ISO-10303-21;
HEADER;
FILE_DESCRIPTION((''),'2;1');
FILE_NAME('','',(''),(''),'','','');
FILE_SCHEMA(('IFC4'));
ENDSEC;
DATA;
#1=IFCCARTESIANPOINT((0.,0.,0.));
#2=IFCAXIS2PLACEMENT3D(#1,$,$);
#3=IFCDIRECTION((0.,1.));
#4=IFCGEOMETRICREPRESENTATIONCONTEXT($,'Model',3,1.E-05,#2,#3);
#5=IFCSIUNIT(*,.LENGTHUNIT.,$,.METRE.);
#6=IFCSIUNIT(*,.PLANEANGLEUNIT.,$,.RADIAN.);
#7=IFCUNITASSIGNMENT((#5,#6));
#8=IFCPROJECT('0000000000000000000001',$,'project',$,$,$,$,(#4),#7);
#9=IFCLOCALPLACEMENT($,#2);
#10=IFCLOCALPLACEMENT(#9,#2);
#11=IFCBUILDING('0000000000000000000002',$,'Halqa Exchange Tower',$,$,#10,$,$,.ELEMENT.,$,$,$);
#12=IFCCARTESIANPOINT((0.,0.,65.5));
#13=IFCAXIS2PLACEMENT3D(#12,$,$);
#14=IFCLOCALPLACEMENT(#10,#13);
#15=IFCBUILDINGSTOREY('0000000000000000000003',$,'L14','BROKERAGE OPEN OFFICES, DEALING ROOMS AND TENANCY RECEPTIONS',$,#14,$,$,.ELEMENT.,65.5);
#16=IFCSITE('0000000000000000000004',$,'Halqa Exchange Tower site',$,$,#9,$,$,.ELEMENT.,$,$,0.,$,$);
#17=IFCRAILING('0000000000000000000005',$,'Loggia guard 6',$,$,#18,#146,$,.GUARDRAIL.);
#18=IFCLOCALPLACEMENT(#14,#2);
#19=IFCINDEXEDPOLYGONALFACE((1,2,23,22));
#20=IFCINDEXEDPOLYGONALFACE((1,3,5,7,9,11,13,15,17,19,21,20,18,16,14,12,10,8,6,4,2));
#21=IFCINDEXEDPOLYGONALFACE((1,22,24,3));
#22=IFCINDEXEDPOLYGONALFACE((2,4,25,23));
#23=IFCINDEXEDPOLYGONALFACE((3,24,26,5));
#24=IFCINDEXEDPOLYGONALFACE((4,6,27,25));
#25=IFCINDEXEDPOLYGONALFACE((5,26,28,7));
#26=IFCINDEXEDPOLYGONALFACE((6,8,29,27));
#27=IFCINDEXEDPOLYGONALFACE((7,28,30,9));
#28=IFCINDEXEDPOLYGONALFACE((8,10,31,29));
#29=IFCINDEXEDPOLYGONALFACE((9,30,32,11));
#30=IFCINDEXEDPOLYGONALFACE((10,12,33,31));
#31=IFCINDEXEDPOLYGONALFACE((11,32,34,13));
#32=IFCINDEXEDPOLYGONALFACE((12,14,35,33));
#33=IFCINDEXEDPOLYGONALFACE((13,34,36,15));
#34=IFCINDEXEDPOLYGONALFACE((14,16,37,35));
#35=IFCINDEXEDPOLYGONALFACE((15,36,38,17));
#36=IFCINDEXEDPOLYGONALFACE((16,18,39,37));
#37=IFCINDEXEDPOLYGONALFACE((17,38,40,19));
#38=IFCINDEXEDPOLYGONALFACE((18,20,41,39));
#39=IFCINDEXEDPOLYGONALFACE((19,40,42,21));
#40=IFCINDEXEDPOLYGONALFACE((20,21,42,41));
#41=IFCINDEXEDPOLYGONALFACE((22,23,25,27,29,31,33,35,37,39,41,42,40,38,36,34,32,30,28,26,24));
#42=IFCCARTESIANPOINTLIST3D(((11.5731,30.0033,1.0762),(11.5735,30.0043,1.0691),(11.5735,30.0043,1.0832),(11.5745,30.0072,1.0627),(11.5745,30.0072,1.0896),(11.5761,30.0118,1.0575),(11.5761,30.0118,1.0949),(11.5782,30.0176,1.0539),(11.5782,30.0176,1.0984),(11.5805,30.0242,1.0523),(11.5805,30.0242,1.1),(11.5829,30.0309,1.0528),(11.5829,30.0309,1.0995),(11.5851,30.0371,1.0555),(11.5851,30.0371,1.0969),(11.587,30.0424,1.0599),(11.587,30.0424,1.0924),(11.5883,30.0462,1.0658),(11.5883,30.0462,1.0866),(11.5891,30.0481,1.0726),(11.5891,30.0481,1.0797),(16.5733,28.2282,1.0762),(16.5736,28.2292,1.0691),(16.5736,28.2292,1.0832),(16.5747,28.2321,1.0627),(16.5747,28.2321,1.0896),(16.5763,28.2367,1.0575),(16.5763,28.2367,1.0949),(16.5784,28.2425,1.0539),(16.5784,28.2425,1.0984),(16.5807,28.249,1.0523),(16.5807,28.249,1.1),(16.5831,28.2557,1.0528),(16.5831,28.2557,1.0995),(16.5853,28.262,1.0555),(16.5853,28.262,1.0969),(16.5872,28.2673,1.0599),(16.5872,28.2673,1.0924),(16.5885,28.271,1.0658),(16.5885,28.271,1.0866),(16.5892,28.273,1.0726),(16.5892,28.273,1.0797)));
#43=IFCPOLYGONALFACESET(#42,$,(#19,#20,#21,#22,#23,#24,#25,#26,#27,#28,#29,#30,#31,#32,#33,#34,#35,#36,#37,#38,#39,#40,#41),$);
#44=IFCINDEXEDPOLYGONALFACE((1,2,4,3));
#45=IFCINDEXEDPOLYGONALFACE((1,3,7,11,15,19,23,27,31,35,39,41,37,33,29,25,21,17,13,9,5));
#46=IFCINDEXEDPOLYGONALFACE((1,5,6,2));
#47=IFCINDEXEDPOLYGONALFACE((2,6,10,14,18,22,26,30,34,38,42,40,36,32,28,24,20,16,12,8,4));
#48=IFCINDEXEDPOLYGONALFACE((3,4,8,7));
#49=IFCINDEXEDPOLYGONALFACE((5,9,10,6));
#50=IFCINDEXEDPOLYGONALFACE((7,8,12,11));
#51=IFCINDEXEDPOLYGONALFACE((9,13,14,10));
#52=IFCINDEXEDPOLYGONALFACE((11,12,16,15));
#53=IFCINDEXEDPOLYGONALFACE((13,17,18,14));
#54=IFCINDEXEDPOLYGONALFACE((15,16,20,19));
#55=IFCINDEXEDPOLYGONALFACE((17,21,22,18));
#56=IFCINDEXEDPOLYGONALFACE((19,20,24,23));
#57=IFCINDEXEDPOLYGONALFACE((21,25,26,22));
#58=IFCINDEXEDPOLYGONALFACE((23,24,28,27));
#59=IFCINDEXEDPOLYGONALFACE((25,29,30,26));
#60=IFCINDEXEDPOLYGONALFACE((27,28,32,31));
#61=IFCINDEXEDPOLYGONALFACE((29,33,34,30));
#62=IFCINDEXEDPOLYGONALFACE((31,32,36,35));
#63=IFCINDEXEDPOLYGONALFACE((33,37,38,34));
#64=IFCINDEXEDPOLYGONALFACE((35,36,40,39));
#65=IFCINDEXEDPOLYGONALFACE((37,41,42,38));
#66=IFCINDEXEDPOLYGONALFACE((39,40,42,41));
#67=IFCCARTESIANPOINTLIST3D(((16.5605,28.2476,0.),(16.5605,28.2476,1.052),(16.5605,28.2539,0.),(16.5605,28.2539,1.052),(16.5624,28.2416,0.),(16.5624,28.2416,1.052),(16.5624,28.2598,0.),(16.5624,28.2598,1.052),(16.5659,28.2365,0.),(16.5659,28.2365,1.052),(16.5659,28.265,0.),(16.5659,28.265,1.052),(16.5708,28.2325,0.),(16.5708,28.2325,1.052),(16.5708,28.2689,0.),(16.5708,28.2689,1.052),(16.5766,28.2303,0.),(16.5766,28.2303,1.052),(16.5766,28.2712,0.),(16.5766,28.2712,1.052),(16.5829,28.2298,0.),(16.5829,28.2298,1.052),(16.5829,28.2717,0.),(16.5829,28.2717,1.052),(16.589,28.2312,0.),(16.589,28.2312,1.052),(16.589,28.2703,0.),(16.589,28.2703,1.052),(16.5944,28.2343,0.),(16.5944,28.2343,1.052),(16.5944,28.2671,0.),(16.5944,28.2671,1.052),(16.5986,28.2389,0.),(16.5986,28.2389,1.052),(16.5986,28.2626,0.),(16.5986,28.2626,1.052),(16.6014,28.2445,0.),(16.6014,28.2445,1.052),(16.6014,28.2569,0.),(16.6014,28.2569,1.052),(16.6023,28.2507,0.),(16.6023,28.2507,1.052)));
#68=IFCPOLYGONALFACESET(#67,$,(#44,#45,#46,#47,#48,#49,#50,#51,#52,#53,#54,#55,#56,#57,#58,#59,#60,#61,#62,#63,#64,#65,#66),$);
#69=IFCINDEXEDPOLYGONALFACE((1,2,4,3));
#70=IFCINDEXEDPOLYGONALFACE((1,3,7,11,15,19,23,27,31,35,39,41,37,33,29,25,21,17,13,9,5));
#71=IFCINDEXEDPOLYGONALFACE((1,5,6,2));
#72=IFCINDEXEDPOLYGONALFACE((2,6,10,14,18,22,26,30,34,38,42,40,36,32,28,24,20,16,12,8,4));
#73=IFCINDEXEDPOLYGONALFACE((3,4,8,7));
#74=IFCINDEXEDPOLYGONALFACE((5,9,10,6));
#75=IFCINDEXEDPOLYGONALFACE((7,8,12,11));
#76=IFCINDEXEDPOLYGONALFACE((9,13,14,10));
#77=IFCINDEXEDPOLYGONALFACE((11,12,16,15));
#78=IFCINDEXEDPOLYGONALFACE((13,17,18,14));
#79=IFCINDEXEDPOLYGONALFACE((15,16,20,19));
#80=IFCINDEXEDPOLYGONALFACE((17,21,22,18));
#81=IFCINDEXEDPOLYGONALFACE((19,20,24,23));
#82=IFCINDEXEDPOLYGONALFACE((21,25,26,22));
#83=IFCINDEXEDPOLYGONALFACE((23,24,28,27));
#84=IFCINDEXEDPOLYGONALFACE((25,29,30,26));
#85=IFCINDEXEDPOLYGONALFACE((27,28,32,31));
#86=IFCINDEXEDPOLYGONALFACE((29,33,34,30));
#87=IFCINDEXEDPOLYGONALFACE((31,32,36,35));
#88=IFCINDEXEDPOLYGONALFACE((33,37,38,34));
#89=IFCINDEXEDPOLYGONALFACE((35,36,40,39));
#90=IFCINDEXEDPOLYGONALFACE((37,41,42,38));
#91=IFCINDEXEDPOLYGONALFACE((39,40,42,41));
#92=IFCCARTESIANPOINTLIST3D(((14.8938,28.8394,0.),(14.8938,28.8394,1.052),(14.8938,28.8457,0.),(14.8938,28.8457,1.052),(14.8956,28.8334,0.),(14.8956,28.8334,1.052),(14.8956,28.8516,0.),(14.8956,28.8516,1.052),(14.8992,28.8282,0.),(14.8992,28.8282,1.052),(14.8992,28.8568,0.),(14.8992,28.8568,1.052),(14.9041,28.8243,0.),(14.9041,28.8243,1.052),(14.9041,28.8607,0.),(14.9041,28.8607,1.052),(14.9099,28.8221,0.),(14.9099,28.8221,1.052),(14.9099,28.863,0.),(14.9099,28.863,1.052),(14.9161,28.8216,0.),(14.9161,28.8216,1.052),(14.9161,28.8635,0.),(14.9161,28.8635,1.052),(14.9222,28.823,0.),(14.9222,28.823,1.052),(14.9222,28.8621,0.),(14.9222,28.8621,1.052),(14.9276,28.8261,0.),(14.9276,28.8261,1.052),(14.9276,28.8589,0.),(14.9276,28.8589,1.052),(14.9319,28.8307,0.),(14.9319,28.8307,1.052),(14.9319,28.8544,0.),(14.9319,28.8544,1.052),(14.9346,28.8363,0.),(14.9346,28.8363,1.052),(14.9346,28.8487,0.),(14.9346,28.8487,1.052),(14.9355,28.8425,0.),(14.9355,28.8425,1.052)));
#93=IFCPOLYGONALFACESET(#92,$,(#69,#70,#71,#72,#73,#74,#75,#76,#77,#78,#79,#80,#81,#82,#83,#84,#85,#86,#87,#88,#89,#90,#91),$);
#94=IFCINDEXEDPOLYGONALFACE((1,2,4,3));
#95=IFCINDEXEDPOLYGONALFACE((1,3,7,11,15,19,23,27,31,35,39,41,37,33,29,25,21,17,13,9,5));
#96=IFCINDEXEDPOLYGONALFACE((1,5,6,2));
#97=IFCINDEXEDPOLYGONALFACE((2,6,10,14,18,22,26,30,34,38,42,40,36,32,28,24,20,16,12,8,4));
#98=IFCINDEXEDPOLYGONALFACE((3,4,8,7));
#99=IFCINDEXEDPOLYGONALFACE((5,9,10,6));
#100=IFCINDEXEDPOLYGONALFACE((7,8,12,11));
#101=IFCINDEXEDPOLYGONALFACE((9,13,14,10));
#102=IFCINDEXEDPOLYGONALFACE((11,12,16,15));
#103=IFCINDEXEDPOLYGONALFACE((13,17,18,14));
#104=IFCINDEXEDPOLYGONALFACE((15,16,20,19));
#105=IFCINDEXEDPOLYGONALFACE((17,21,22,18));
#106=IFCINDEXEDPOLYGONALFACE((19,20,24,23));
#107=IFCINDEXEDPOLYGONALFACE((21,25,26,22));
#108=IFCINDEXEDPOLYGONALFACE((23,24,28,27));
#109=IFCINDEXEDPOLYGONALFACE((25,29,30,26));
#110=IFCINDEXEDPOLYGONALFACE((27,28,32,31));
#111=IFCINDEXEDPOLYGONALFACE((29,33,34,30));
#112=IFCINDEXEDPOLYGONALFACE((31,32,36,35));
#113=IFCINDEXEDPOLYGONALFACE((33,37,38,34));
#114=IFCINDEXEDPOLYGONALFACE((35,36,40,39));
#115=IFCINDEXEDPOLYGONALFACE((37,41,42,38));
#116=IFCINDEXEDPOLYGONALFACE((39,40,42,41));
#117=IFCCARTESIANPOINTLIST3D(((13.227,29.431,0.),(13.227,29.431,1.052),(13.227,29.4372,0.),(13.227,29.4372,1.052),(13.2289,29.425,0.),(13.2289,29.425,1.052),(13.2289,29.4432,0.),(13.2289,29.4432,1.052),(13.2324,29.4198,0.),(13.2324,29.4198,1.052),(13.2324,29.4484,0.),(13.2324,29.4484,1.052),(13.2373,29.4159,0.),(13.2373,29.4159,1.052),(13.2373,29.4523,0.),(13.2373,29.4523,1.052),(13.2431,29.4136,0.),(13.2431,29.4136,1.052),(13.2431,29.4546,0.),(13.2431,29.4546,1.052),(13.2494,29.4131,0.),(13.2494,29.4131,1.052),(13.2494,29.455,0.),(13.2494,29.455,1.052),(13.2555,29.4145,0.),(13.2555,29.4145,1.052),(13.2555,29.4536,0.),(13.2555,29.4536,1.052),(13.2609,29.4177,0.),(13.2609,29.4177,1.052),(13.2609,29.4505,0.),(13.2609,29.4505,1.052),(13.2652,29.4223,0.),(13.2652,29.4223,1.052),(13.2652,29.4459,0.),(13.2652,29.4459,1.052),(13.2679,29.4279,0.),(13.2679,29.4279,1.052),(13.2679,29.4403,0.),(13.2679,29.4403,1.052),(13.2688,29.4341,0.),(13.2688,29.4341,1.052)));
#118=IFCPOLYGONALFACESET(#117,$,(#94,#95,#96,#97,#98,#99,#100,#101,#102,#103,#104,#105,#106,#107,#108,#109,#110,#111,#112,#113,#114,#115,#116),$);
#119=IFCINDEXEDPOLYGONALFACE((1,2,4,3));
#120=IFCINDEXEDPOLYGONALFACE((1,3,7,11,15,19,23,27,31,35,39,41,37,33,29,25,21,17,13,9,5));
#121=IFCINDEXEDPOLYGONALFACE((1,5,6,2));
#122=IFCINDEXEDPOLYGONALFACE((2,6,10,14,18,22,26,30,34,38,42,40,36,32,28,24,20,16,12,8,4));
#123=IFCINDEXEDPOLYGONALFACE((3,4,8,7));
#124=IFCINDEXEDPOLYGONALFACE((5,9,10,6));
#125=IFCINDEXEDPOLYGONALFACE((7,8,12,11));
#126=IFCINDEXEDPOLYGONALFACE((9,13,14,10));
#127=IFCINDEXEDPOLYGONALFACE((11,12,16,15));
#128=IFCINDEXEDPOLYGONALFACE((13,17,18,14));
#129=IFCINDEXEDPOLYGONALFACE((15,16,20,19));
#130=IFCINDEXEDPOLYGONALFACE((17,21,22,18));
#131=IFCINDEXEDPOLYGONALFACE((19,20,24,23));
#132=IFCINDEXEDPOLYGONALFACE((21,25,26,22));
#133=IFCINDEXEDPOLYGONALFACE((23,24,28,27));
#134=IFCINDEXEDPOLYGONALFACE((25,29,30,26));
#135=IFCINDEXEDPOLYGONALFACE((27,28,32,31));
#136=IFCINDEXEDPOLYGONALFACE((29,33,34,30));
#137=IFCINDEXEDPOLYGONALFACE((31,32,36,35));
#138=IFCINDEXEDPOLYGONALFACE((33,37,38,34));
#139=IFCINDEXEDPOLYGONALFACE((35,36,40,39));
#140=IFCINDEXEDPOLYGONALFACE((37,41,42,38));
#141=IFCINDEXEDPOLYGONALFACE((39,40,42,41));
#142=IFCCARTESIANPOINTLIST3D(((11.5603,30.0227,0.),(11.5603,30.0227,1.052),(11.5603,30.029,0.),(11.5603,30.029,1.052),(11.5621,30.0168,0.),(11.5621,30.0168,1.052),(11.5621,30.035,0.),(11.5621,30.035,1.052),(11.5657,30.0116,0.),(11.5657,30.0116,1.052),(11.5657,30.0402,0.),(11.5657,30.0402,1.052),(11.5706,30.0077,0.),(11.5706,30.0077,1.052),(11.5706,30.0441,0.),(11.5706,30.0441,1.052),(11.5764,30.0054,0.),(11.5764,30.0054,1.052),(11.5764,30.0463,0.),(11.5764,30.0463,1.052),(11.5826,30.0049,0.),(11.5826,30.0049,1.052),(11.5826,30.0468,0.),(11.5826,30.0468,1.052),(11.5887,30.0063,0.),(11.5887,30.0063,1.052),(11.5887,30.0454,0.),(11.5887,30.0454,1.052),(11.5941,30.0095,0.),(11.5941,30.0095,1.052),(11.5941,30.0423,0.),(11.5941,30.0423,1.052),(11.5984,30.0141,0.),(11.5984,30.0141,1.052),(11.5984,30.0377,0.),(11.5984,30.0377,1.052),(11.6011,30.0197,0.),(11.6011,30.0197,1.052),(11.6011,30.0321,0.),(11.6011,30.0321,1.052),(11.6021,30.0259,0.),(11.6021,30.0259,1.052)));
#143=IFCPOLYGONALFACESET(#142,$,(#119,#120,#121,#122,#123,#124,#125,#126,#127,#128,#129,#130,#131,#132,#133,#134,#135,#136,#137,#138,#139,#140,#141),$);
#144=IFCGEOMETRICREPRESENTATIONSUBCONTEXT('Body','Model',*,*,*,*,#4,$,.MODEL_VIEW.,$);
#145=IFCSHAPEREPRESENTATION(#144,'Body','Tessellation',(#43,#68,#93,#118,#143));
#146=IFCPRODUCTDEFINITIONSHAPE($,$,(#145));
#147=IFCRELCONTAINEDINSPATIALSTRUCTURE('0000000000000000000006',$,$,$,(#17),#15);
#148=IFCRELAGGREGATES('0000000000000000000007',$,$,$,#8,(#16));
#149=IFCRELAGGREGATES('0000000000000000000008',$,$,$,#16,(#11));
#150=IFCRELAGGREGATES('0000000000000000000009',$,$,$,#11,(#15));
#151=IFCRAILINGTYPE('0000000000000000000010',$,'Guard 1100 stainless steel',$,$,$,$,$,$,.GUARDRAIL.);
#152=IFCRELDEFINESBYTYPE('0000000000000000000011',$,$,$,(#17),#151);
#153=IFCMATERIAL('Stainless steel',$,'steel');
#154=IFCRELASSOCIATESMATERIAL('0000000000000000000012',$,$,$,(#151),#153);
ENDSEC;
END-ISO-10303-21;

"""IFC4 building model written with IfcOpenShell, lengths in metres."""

from ifc_helpers import new_model, si_unit, direction, frame, origin, origin_2d, place, context, subcontext, project, spatial, circle, extrude, material, type_object, element, save


model = new_model("IFC4")

# Units and contexts
model_context = context("Model", 3, precision=1e-05, world=origin(), true_north=direction((0.0, 1.0)))
body_context = subcontext(model_context, "Body", "Model", "MODEL_VIEW")
ifc_project = project(units=[si_unit("LENGTHUNIT", "METRE"), si_unit("PLANEANGLEUNIT", "RADIAN")], contexts=[model_context])

# Site, building, storey
site_placement = place(None, origin())
site = spatial("IfcSite", under=ifc_project, at=site_placement, Name="Halqa Exchange Tower site", CompositionType="ELEMENT", RefElevation=0.0)
building_placement = place(site_placement, origin())
building = spatial("IfcBuilding", under=site, at=building_placement, Name="Halqa Exchange Tower", CompositionType="ELEMENT")
storey_placement = place(building_placement, frame((0.0, 0.0, 65.5)))
storey = spatial("IfcBuildingStorey", under=building, at=storey_placement, Name="L14", Description="BROKERAGE OPEN OFFICES, DEALING ROOMS AND TENANCY RECEPTIONS", CompositionType="ELEMENT", Elevation=65.5)

# Railing
ifc_material_1 = material(Name="Stainless steel", Category="steel")
railing_type = type_object("IfcRailingType", Name="Guard 1100 stainless steel", PredefinedType="GUARDRAIL", material=ifc_material_1)
railing_1_placement = place(storey_placement, frame((16.5813, 28.2507, 0.0)))
element("IfcRailing", 1, at=railing_1_placement, inside=storey, type_object=railing_type, Name="Loggia guard 6", PredefinedType="GUARDRAIL", context=body_context, shape_type="SweptSolid", body=[
    extrude(circle(Radius=0.0239, at=origin_2d()), frame((0.0, 0.0, 1.0762), z_axis=(-0.942376, 0.334555, 0.0), x_axis=(-0.334555, -0.942376, 0.0)), (0.0, 0.0, 1.0), 5.3059),
    extrude(circle(Radius=0.021, at=origin_2d()), origin(), (0.0, 0.0, 1.0), 1.052),
    extrude(circle(Radius=0.021, at=origin_2d()), frame((-1.6667, 0.5918, 0.0)), (0.0, 0.0, 1.0), 1.052),
    extrude(circle(Radius=0.021, at=origin_2d()), frame((-3.3335, 1.1833, 0.0)), (0.0, 0.0, 1.0), 1.052),
    extrude(circle(Radius=0.021, at=origin_2d()), frame((-5.0002, 1.7751, 0.0)), (0.0, 0.0, 1.0), 1.052),
])

save(model, "model.ifc")
